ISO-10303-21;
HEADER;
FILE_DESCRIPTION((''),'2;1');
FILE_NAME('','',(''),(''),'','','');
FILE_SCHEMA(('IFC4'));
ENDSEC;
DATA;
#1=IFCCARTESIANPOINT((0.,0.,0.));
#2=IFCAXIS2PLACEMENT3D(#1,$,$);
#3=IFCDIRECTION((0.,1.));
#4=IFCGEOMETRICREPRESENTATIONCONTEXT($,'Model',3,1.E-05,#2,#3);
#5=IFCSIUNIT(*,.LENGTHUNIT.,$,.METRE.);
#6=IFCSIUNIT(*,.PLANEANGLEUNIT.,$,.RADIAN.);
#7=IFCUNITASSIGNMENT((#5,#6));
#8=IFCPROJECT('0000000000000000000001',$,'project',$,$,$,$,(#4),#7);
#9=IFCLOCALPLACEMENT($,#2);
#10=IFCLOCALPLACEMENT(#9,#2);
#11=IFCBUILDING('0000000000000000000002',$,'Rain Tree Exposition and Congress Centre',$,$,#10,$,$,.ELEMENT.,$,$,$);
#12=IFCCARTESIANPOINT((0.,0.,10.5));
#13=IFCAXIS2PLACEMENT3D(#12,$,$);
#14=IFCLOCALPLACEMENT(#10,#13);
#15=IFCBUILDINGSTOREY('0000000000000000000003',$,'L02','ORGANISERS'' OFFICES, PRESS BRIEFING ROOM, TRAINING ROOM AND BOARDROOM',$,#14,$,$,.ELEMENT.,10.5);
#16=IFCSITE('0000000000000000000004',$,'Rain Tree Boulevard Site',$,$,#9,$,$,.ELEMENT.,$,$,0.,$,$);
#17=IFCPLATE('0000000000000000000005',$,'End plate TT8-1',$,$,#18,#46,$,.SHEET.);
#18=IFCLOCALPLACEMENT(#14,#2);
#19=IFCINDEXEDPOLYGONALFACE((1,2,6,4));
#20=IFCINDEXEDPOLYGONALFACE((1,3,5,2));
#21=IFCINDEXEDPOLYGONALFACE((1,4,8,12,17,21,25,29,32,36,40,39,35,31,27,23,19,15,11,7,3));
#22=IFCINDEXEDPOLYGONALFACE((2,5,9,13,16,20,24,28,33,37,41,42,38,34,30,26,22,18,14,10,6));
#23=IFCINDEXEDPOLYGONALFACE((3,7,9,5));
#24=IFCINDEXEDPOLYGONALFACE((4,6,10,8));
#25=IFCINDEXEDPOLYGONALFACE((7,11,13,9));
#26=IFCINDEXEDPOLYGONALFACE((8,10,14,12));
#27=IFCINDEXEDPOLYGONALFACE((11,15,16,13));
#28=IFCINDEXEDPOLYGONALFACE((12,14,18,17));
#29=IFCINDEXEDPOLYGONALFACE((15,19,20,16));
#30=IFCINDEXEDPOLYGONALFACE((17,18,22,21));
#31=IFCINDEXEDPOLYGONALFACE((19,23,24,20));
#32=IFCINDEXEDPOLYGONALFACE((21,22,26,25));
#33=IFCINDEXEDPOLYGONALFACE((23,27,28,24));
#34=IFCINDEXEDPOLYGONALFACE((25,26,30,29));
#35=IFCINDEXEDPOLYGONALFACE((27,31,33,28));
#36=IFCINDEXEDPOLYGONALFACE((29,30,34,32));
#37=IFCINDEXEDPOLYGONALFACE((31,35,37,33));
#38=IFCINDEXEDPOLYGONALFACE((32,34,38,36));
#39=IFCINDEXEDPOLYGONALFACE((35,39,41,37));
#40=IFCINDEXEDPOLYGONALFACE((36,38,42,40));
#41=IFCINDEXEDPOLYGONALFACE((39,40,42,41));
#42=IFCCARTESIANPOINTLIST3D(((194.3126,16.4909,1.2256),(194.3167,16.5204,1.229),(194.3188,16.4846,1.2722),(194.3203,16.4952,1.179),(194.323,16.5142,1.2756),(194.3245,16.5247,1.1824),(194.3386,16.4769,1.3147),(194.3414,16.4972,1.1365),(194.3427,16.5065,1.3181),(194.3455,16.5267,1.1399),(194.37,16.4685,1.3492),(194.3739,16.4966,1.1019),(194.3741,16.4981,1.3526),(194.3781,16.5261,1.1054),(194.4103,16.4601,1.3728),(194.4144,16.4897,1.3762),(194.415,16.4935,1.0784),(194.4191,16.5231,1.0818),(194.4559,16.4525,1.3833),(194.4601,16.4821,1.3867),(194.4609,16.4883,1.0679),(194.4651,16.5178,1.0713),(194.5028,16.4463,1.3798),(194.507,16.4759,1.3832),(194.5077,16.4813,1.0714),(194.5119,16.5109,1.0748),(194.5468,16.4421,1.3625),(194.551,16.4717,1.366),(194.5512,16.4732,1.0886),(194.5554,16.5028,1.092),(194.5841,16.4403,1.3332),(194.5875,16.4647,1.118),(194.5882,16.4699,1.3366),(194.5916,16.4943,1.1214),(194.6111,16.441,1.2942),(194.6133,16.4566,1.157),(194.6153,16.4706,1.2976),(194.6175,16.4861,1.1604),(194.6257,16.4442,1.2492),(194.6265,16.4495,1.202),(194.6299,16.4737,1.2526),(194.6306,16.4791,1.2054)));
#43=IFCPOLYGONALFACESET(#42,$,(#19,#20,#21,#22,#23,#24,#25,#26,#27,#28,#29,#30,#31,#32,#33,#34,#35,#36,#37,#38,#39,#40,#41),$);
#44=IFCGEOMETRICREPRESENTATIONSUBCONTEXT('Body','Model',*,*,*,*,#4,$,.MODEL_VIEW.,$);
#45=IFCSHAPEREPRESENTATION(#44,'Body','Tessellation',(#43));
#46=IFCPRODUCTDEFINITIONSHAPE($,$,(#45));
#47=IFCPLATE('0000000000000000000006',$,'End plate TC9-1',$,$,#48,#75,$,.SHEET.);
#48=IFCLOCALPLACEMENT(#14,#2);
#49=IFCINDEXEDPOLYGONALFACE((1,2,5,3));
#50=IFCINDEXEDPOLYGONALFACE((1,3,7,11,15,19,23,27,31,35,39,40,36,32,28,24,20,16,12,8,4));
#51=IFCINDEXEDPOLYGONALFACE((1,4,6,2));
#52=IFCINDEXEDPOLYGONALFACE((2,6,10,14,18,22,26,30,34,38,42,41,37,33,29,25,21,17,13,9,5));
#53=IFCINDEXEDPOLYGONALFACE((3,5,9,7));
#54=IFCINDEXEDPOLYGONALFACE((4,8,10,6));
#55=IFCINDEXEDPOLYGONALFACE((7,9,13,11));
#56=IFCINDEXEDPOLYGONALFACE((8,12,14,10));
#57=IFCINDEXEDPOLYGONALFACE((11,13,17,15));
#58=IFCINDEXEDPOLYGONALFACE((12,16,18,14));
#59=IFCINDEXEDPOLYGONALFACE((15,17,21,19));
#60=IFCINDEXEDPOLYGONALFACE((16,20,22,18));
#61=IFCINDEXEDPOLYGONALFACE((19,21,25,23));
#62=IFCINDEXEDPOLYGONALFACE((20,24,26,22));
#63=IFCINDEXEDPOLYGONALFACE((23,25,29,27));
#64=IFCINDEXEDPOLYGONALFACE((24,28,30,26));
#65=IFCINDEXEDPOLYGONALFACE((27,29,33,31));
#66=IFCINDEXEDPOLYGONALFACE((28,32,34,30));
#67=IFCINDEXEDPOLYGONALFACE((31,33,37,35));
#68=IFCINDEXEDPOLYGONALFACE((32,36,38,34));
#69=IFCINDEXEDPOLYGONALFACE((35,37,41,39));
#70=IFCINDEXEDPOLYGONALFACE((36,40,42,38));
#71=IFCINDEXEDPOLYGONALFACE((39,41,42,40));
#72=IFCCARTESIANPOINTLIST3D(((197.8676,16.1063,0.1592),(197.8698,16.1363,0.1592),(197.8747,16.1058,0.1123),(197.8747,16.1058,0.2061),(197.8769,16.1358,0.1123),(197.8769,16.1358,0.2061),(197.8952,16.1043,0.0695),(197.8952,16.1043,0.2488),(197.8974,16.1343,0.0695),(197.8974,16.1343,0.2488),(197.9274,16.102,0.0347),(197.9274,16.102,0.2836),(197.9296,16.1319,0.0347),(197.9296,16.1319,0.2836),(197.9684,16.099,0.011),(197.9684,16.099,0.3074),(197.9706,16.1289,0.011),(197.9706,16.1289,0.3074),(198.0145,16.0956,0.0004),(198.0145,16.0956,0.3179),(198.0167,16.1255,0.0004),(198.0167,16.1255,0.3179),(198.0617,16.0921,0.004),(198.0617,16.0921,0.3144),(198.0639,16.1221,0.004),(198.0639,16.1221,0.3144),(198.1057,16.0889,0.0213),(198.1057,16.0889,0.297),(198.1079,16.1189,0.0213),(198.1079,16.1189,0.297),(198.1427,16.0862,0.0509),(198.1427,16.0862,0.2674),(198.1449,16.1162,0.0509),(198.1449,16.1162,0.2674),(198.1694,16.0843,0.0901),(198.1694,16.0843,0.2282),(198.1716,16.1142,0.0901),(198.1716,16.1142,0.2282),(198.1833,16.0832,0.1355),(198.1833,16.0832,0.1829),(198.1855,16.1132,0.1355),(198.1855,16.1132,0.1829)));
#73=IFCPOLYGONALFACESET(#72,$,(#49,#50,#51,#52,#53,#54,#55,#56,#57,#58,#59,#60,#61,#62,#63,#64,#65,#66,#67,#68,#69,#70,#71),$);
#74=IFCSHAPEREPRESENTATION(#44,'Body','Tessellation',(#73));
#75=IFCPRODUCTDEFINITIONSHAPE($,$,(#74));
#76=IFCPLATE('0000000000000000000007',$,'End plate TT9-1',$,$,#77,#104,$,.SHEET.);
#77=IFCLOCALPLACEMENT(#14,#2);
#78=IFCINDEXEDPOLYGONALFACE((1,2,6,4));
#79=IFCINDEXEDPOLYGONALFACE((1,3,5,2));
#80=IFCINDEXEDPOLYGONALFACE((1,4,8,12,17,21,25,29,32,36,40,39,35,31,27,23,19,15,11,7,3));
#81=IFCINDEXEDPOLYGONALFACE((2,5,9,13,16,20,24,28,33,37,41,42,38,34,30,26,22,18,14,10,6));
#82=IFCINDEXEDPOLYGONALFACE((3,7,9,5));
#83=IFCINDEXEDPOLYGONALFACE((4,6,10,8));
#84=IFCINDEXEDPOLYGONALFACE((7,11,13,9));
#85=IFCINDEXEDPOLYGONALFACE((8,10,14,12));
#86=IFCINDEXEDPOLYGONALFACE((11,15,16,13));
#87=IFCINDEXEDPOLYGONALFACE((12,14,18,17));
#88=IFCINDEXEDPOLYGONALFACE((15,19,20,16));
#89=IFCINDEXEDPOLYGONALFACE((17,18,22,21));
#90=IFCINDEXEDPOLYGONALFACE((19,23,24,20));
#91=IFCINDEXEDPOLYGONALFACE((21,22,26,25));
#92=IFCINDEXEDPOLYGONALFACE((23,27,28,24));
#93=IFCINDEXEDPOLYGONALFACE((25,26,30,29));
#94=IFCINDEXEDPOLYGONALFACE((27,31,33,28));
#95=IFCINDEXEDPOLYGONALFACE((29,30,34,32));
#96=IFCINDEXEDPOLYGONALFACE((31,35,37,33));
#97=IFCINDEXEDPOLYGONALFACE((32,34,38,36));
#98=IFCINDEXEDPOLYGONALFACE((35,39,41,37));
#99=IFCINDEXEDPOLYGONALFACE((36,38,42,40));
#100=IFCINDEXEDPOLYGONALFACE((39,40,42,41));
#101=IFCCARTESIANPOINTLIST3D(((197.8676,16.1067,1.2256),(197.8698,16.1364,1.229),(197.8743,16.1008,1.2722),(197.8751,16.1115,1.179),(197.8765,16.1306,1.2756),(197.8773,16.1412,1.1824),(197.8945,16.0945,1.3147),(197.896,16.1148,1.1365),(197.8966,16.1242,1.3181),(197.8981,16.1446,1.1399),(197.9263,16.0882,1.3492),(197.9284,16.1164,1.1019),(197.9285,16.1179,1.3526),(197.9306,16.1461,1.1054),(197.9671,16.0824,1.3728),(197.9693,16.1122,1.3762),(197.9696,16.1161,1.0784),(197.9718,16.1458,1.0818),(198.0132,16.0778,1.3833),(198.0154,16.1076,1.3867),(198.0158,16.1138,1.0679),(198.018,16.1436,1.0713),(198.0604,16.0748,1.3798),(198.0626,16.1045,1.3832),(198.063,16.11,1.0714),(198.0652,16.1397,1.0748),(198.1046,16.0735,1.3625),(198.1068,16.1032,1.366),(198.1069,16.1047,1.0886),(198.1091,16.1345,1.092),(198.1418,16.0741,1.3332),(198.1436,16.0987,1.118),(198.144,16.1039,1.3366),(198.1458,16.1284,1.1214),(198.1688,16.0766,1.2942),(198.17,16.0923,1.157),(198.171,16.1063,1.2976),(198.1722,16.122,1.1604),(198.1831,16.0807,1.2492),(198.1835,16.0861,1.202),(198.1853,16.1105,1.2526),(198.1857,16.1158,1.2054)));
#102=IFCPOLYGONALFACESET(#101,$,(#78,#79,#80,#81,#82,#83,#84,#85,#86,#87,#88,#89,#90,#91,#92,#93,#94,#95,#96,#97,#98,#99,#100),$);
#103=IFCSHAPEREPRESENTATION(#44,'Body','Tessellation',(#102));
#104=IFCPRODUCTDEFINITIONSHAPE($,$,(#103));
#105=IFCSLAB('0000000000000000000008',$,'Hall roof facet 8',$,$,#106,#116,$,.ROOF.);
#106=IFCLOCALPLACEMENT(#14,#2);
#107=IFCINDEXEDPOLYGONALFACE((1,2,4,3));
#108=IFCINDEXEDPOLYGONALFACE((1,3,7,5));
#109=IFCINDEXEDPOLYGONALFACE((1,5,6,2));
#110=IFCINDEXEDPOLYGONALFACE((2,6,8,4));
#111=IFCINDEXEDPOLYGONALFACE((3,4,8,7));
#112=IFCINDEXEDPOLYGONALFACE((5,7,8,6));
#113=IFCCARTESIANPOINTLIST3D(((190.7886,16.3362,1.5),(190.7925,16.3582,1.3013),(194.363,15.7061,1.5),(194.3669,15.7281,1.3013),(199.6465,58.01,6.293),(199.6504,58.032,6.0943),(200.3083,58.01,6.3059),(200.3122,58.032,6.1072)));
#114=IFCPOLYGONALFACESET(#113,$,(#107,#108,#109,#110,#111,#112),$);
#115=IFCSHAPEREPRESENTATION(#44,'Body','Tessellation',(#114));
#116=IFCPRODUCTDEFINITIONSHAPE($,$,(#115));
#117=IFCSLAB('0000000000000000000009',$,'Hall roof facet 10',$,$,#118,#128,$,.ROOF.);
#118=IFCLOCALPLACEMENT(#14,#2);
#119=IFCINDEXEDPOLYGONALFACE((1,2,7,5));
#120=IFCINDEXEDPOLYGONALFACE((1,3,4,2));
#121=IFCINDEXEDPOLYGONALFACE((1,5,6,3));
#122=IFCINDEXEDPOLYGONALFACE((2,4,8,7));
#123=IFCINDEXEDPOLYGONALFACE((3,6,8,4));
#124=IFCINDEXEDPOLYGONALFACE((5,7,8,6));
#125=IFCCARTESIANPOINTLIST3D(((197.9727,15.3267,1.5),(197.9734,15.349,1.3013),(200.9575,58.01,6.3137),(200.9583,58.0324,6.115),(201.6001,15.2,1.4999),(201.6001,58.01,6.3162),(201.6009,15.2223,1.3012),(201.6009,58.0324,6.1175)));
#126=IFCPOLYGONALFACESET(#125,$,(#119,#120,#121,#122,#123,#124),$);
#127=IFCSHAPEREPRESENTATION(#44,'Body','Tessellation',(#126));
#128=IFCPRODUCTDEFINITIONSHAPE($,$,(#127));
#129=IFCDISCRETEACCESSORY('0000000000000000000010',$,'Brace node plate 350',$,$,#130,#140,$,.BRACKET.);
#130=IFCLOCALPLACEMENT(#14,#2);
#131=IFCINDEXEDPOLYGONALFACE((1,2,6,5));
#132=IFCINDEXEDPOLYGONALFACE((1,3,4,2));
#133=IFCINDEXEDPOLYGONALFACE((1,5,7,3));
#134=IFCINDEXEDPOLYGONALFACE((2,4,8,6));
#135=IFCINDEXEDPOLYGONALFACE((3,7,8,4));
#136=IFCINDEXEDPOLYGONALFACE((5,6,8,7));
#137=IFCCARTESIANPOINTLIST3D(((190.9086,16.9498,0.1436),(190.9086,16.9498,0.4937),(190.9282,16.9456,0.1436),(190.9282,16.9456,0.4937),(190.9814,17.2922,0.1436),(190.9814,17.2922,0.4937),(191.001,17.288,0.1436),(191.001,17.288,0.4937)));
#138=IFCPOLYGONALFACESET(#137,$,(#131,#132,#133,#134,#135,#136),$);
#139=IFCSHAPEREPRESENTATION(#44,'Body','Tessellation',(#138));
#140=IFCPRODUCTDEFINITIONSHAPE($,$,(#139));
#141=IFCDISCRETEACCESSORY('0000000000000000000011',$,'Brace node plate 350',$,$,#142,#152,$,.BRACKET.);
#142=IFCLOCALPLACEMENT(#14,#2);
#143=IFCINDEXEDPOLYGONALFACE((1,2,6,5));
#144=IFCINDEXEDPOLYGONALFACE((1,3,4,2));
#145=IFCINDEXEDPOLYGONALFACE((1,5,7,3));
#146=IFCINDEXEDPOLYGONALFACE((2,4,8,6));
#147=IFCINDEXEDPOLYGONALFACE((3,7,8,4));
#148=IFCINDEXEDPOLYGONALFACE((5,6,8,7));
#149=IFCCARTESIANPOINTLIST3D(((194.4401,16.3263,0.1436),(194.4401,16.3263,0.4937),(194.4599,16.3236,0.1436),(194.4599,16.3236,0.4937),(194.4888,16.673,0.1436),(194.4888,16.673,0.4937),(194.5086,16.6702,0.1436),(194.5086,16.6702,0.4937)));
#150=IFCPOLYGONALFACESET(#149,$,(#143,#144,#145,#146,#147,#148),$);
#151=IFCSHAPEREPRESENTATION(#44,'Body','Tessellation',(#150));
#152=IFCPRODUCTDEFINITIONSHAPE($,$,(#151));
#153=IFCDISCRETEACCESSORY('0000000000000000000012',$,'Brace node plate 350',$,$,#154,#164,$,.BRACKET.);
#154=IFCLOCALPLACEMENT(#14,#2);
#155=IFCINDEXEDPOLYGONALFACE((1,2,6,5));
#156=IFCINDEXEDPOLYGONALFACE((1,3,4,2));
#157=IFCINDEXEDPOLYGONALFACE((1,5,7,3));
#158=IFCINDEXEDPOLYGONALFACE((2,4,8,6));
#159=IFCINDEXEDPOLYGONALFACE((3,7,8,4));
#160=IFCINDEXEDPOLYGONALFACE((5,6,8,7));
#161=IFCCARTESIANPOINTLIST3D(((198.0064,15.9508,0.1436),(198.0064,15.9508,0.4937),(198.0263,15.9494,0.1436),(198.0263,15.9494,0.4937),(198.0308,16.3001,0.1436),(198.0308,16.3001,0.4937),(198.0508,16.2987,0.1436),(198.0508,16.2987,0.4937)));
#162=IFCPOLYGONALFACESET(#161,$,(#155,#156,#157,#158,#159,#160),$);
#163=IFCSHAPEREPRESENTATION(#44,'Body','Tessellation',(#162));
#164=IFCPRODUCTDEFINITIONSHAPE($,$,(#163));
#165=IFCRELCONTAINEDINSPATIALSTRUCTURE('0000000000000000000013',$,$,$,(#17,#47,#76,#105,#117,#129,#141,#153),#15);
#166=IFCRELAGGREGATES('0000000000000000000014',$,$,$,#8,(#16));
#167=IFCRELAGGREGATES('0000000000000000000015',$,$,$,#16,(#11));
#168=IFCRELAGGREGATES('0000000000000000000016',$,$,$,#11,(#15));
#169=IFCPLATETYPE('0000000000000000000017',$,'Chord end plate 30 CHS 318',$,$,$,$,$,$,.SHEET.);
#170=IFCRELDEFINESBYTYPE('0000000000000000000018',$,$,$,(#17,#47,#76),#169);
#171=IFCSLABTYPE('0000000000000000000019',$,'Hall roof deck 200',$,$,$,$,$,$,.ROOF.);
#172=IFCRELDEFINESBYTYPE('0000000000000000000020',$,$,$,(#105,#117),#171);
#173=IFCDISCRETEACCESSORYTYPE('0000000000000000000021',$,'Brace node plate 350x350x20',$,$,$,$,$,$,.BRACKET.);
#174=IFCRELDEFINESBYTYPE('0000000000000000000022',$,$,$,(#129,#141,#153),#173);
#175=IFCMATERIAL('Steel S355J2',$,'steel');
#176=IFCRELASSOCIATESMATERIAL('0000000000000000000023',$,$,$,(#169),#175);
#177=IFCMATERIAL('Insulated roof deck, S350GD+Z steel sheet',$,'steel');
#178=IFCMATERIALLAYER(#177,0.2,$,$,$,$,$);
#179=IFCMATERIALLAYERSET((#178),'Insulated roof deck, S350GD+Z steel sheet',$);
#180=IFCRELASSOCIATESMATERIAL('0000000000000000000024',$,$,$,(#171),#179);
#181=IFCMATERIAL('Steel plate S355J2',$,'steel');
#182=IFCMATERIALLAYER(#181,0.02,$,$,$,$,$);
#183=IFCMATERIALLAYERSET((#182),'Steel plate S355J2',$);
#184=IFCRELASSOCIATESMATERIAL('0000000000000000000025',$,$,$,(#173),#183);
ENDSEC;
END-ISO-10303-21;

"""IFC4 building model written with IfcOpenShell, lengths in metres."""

from ifc_helpers import new_model, si_unit, direction, frame, origin, origin_2d, place, context, subcontext, project, spatial, polyline, rectangle, circle, outline, extrude, material, layer, layer_set, material_profile, profile_set, type_object, element, save


model = new_model("IFC4")

# Units and contexts
model_context = context("Model", 3, precision=1e-05, world=origin(), true_north=direction((0.0, 1.0)))
body_context = subcontext(model_context, "Body", "Model", "MODEL_VIEW")
ifc_project = project(units=[si_unit("LENGTHUNIT", "METRE"), si_unit("PLANEANGLEUNIT", "RADIAN")], contexts=[model_context])

# Site, building, storey
site_placement = place(None, origin())
site = spatial("IfcSite", under=ifc_project, at=site_placement, Name="Rain Tree Boulevard Site", CompositionType="ELEMENT", RefElevation=0.0)
building_placement = place(site_placement, origin())
building = spatial("IfcBuilding", under=site, at=building_placement, Name="Rain Tree Exposition and Congress Centre", CompositionType="ELEMENT")
storey_placement = place(building_placement, frame((0.0, 0.0, 10.5)))
storey = spatial("IfcBuildingStorey", under=building, at=storey_placement, Name="L02", Description="ORGANISERS' OFFICES, PRESS BRIEFING ROOM, TRAINING ROOM AND BOARDROOM", CompositionType="ELEMENT", Elevation=10.5)

# Plates
ifc_material_1 = material(Name="Steel S355J2", Category="steel")
ifc_material_profile_1 = material_profile(ifc_material_1, circle(Radius=0.1592, at=origin_2d()), Name="CIRCLE 318")
ifc_profile_set_1 = profile_set([ifc_material_profile_1], Name="Steel S355J2")
plate_type = type_object("IfcPlateType", Name="Chord end plate 30 CHS 318", PredefinedType="SHEET", material=ifc_profile_set_1)
for number, where, z_axis, x_axis, name in (
    (1, (194.4702, 16.4688, 1.2256), (0.138225, 0.983837, 0.113832), (-0.990274, 0.139129, 0.0), "End plate TT8-1"),
    (2, (198.0264, 16.0947, 0.1592), (0.072976, 0.997334, 0.0), (-0.997334, 0.072976, 0.0), "End plate TC9-1"),
    (3, (198.0264, 16.095, 1.2256), (0.073093, 0.990823, 0.113701), (-0.99729, 0.073571, 0.0), "End plate TT9-1"),
):
    element("IfcPlate", number, at=place(storey_placement, frame(where, z_axis=z_axis, x_axis=x_axis)), inside=storey, type_object=plate_type, Name=name, PredefinedType="SHEET", context=body_context, shape_type="SweptSolid", body=[
        extrude(circle(Radius=0.1592, at=origin_2d()), origin(), (0.0, 0.0, 1.0), 0.03),
    ])

# Slabs
ifc_material_2 = material(Name="Insulated roof deck, S350GD+Z steel sheet", Category="steel")
ifc_layer_1 = layer(ifc_material_2, 0.2)
ifc_layer_set_1 = layer_set([ifc_layer_1], Name="Insulated roof deck, S350GD+Z steel sheet")
slab_type = type_object("IfcSlabType", Name="Hall roof deck 200", PredefinedType="ROOF", material=ifc_layer_set_1)
slab_1_placement = place(storey_placement, frame((190.7886, 16.3362, 1.5), z_axis=(-0.019421, -0.110162, 0.993724), x_axis=(0.984815, -0.173609, 0.000001)))
element("IfcSlab", 4, at=slab_1_placement, inside=storey, type_object=slab_type, Name="Hall roof facet 8", PredefinedType="ROOF", context=body_context, shape_type="SweptSolid", body=[
    extrude(outline(polyline([(0.0, 0.0), (3.6296, 0.0), (2.1403, 42.9634), (1.4885, 42.8477), (0.0, 0.0)])), origin(), (0.0, 0.0, -1.0), 0.2),
])
slab_2_placement = place(storey_placement, frame((197.9727, 15.3267, 1.5), z_axis=(-0.003886, -0.111796, 0.993724), x_axis=(0.999391, -0.034907, -0.000019)))
element("IfcSlab", 5, at=slab_2_placement, inside=storey, type_object=slab_type, Name="Hall roof facet 10", PredefinedType="ROOF", context=body_context, shape_type="SweptSolid", body=[
    extrude(outline(polyline([(0.0, 0.0), (3.6297, 0.0), (2.1352, 43.0542), (1.493, 43.0316), (0.0, 0.0)])), origin(), (0.0, 0.0, -1.0), 0.2),
])

# Discrete accessories
ifc_material_3 = material(Name="Steel plate S355J2", Category="steel")
ifc_layer_2 = layer(ifc_material_3, 0.02)
ifc_layer_set_2 = layer_set([ifc_layer_2], Name="Steel plate S355J2")
discrete_accessory_type = type_object("IfcDiscreteAccessoryType", Name="Brace node plate 350x350x20", PredefinedType="BRACKET", material=ifc_layer_set_2)
for number, where, z_axis, x_axis, name in (
    (6, (190.9548, 17.1189, 0.1436), (0.0, 0.0, 1.0), (0.207912, 0.978148, 0.0), "Brace node plate 350"),
    (7, (194.4744, 16.4983, 0.1436), (0.0, 0.0, 1.0), (0.13919, 0.990266, 0.0), "Brace node plate 350"),
    (8, (198.0286, 16.1248, 0.1436), (0.0, 0.0, 1.0), (0.069756, 0.997564, 0.0), "Brace node plate 350"),
):
    element("IfcDiscreteAccessory", number, at=place(storey_placement, frame(where, z_axis=z_axis, x_axis=x_axis)), inside=storey, type_object=discrete_accessory_type, Name=name, PredefinedType="BRACKET", context=body_context, shape_type="SweptSolid", body=[
        extrude(rectangle(XDim=0.3501, YDim=0.02, at=origin_2d()), origin(), (0.0, 0.0, 1.0), 0.3501),
    ])

save(model, "model.ifc")
